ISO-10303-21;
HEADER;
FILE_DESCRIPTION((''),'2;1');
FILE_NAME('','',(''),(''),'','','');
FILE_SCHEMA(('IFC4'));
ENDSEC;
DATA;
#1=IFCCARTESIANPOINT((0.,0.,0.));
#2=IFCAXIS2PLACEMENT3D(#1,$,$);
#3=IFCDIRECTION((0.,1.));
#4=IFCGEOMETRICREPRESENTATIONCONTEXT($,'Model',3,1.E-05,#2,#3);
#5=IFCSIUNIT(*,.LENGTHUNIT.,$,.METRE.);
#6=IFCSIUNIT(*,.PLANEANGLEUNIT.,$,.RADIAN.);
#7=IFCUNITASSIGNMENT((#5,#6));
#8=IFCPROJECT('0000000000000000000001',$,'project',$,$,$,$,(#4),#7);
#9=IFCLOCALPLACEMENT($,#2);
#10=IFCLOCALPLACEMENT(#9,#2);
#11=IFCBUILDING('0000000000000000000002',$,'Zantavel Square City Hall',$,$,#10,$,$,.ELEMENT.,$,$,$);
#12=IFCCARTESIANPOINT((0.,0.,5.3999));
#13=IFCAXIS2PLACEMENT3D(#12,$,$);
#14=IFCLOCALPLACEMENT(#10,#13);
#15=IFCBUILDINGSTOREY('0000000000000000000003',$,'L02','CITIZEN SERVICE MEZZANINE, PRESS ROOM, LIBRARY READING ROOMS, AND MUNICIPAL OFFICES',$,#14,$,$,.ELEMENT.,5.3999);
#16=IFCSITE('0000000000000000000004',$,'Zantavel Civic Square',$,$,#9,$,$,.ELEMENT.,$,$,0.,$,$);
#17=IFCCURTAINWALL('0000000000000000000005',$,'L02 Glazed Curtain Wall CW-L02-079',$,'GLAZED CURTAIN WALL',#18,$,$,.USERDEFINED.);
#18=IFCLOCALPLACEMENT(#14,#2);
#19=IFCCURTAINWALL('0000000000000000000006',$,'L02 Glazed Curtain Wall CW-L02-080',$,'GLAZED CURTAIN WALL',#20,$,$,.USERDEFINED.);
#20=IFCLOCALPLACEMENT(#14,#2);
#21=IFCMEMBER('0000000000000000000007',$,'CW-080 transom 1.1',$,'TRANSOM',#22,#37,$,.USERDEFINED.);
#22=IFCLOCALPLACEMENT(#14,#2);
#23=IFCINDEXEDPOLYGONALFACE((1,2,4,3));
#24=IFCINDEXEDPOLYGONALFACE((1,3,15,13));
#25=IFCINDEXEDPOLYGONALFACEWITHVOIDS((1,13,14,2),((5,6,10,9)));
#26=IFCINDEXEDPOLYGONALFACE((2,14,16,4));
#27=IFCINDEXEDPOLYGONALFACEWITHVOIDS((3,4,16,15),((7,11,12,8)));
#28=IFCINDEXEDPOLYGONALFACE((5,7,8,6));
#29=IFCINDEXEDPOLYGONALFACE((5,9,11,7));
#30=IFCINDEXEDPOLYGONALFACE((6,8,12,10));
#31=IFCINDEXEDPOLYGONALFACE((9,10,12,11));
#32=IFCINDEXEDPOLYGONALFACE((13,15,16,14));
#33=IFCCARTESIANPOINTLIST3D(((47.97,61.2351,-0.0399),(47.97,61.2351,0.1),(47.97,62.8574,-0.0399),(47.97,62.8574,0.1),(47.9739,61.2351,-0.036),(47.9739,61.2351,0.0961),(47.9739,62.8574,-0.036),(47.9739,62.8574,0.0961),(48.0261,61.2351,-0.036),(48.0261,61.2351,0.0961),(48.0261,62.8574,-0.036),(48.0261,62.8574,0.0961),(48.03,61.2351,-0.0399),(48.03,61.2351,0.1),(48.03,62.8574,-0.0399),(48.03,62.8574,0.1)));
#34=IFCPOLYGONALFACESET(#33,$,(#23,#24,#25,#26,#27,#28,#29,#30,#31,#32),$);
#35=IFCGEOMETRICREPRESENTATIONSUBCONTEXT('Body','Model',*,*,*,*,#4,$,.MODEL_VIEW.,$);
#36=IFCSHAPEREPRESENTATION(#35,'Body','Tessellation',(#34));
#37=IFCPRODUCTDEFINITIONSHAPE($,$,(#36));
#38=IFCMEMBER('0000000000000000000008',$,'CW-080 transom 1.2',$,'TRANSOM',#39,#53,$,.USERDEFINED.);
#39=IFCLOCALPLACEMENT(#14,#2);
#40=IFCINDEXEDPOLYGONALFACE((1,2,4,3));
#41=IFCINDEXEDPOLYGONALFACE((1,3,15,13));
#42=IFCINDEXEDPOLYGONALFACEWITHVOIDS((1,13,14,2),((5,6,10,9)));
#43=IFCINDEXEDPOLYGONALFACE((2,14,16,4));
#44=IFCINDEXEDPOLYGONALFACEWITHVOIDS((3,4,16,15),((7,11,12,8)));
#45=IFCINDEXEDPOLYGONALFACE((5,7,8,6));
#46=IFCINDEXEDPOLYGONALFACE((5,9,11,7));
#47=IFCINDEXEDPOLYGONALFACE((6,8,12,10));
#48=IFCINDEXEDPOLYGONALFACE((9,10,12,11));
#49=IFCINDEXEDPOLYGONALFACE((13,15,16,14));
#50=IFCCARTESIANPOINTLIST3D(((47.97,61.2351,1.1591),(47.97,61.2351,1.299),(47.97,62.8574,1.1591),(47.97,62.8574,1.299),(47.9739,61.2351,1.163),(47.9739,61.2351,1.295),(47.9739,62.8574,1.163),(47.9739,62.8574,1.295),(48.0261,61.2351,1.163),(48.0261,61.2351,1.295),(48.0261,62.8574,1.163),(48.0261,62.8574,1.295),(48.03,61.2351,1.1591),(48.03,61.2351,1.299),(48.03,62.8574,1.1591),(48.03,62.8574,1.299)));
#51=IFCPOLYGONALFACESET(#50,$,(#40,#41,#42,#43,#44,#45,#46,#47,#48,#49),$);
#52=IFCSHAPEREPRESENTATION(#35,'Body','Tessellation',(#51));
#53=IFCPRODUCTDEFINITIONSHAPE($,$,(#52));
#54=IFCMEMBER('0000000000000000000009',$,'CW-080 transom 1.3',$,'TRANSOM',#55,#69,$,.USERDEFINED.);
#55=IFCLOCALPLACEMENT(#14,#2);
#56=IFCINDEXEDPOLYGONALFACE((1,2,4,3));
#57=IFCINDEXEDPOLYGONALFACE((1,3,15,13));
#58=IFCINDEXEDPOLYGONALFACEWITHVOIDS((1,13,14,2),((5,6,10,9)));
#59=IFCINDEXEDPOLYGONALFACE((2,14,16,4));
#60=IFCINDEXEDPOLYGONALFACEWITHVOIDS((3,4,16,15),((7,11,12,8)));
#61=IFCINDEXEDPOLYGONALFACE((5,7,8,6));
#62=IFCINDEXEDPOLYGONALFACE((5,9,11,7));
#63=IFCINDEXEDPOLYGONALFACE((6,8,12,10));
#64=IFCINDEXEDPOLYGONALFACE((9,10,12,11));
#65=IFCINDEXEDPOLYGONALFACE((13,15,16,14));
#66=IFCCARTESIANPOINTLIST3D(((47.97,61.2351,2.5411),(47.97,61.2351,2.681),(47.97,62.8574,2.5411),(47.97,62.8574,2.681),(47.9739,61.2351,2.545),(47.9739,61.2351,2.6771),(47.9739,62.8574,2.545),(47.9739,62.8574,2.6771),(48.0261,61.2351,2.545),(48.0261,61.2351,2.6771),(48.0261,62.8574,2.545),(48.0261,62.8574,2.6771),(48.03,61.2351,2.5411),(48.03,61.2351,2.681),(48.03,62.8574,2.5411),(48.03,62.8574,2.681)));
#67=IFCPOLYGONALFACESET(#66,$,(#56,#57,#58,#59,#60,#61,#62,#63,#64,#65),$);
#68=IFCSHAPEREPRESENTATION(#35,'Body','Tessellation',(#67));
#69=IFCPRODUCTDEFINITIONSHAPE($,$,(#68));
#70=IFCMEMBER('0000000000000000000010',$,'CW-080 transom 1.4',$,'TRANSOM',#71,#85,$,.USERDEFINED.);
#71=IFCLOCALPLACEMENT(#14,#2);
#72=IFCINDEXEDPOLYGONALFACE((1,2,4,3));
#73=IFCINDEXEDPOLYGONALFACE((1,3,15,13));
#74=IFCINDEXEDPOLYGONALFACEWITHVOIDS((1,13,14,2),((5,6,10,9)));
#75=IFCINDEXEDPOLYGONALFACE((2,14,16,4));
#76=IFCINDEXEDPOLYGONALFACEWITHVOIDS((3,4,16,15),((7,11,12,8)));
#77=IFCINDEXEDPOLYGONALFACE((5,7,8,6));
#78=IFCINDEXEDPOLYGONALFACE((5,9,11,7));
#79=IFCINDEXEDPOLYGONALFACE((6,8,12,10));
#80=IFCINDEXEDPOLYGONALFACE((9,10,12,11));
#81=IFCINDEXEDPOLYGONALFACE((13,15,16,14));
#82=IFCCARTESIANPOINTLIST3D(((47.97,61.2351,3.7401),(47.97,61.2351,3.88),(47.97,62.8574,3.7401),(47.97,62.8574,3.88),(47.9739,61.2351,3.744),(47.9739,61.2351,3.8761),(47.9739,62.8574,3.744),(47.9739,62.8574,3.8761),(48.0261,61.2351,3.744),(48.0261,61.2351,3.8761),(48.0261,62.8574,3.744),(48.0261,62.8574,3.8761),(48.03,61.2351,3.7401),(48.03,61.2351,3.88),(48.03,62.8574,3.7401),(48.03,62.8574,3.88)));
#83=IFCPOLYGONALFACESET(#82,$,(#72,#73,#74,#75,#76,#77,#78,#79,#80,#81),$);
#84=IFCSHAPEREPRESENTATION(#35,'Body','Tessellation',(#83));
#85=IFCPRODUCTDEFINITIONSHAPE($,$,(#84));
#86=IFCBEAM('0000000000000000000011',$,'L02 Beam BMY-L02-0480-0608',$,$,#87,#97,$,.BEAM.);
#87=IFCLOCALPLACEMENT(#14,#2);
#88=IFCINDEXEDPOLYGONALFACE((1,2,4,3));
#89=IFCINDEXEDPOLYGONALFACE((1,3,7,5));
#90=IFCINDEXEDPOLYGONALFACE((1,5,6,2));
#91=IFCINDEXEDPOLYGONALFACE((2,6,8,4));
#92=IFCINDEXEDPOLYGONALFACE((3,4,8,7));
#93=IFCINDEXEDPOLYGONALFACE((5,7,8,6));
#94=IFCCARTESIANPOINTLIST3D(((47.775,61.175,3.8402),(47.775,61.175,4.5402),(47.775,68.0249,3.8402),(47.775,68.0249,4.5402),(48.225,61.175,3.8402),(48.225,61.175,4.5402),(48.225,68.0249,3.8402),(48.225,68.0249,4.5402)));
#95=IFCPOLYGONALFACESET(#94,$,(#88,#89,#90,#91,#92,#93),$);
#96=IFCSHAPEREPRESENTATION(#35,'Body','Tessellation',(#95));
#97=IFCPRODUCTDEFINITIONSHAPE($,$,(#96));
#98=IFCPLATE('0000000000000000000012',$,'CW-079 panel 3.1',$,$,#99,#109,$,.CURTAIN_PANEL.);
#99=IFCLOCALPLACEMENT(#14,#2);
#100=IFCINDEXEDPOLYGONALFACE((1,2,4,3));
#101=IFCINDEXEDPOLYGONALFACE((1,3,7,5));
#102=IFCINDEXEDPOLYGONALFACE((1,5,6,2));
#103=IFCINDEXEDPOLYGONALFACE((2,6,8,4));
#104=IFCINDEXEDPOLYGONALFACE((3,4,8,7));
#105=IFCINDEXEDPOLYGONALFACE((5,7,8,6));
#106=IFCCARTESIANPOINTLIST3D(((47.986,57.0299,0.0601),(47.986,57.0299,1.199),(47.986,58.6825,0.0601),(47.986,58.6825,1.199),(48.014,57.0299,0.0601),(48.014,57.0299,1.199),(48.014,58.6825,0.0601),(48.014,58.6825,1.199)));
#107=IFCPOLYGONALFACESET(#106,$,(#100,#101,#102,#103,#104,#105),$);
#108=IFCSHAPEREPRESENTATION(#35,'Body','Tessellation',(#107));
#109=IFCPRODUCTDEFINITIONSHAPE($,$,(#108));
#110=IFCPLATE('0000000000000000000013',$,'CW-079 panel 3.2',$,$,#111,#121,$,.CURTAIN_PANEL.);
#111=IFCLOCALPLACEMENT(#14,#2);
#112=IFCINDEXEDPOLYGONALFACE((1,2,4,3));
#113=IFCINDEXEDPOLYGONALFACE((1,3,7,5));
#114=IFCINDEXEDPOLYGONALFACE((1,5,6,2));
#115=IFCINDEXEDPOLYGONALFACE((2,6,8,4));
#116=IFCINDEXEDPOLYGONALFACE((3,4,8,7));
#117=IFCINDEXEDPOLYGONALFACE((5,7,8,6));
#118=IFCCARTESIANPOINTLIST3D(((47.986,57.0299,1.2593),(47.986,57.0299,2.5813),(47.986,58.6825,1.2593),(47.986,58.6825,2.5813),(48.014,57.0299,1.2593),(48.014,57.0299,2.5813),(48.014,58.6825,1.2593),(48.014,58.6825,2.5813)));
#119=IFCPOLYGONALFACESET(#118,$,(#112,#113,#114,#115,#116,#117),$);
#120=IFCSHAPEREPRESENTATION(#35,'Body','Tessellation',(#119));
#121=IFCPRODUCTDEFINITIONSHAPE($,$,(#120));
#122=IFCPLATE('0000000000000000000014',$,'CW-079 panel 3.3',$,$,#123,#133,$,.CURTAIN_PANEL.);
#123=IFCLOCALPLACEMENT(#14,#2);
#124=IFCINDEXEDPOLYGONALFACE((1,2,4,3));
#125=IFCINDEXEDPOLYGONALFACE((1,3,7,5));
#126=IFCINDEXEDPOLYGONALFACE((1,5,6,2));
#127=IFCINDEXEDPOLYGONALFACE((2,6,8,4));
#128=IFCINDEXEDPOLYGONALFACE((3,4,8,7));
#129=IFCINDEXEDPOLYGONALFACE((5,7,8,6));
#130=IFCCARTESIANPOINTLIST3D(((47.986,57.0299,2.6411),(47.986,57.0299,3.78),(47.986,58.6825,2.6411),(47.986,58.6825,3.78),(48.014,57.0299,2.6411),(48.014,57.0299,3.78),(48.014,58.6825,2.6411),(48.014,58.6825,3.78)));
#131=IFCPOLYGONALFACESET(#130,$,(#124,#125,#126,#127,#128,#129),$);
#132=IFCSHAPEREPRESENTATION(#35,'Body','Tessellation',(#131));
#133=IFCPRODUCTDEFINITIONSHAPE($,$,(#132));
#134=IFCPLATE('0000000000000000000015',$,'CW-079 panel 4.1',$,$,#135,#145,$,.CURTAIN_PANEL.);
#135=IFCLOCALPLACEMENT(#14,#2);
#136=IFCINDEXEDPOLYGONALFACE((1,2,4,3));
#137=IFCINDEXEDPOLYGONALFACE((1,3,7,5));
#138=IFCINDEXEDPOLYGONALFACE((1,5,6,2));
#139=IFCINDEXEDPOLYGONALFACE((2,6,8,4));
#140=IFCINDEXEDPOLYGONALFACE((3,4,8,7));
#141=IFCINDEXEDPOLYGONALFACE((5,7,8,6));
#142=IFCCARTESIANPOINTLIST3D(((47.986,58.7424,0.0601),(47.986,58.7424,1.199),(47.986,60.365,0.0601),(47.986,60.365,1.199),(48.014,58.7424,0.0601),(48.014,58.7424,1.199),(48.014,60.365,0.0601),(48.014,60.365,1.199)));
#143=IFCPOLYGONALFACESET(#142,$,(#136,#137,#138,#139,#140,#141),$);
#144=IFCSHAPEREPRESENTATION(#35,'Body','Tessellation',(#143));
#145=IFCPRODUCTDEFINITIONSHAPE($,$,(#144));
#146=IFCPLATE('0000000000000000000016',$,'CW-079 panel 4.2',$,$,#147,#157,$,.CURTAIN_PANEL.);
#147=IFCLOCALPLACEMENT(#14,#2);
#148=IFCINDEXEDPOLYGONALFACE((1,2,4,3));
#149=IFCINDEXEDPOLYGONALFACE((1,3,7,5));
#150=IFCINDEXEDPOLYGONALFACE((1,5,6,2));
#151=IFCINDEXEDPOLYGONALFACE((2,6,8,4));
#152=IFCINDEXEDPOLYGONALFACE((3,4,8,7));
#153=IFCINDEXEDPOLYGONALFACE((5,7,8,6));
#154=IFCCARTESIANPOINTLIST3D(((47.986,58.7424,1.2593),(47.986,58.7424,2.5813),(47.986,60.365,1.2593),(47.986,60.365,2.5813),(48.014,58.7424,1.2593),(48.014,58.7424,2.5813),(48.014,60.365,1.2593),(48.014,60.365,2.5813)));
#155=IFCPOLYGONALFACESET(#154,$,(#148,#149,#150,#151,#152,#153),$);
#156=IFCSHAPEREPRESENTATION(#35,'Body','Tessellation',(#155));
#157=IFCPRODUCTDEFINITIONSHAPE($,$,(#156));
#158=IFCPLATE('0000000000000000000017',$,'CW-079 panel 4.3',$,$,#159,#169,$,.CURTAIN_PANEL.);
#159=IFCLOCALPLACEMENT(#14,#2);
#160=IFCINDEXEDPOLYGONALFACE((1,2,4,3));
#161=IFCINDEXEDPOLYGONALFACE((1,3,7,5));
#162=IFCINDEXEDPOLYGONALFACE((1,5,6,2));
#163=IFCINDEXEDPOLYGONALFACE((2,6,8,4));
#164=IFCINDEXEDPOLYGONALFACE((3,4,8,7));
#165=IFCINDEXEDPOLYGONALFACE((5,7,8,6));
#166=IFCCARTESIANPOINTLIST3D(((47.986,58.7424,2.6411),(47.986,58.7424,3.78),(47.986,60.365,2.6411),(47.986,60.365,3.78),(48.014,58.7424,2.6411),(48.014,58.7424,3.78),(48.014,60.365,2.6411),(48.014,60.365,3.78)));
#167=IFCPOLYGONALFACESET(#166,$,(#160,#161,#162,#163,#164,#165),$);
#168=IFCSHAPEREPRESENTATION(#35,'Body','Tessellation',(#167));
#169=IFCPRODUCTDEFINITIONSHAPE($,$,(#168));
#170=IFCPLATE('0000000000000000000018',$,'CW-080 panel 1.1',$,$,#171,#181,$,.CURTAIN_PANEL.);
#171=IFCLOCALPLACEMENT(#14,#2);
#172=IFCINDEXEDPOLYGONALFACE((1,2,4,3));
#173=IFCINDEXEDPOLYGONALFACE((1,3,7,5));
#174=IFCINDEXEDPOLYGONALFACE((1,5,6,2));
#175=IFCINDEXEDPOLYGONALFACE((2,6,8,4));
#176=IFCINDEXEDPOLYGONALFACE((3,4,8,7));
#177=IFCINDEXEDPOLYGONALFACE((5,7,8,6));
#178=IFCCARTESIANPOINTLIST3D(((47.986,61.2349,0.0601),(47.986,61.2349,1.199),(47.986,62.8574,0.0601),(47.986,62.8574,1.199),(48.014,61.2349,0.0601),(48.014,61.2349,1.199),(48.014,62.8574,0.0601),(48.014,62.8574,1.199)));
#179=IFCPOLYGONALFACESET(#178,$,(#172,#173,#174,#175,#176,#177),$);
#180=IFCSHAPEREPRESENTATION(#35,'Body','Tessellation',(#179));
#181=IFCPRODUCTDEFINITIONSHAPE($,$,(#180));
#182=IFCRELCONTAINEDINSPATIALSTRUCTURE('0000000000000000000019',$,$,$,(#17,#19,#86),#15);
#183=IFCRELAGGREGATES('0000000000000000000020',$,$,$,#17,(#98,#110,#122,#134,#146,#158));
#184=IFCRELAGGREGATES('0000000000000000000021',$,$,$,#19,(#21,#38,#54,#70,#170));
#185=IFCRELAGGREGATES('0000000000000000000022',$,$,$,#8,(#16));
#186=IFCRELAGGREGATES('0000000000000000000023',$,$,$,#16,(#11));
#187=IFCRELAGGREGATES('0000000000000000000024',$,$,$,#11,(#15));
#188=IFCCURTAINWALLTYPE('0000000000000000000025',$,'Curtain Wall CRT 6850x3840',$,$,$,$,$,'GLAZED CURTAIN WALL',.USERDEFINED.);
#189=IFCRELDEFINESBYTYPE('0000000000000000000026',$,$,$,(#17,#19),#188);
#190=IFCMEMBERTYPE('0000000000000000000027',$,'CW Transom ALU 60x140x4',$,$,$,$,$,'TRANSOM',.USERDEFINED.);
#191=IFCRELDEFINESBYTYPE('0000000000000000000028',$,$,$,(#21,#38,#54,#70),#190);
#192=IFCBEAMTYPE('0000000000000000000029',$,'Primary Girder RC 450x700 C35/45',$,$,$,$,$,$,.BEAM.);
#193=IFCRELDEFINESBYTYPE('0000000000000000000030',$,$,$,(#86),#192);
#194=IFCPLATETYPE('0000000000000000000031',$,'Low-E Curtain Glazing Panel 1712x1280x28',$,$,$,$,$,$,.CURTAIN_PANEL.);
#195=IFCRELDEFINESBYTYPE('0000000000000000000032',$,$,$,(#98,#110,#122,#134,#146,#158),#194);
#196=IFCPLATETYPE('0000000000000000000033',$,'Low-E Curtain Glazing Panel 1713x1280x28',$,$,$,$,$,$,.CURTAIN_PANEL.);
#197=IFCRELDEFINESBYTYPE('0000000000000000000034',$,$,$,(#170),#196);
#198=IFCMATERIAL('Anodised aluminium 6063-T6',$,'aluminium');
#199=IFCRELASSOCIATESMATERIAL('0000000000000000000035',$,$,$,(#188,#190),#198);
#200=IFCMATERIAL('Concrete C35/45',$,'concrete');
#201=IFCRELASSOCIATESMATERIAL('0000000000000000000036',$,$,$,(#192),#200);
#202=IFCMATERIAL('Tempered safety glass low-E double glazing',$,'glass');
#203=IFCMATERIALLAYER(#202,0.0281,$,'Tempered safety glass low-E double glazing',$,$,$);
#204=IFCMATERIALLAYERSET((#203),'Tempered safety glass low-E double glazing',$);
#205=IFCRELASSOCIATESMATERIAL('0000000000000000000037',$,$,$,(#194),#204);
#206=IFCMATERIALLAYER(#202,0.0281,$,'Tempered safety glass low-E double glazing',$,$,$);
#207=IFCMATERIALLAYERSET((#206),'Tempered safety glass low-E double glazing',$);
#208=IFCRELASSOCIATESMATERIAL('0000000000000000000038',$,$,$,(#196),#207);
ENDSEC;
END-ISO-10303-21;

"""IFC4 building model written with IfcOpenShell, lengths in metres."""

from ifc_helpers import new_model, si_unit, direction, frame, origin, origin_2d, place, context, subcontext, project, spatial, rectangle, hollow_rectangle, extrude, material, layer, layer_set, material_profile, profile_set, type_object, element, aggregate, save


model = new_model("IFC4")

# Units and contexts
model_context = context("Model", 3, precision=1e-05, world=origin(), true_north=direction((0.0, 1.0)))
body_context = subcontext(model_context, "Body", "Model", "MODEL_VIEW")
ifc_project = project(units=[si_unit("LENGTHUNIT", "METRE"), si_unit("PLANEANGLEUNIT", "RADIAN")], contexts=[model_context])

# Site, building, storey
site_placement = place(None, origin())
site = spatial("IfcSite", under=ifc_project, at=site_placement, Name="Zantavel Civic Square", CompositionType="ELEMENT", RefElevation=0.0)
building_placement = place(site_placement, origin())
building = spatial("IfcBuilding", under=site, at=building_placement, Name="Zantavel Square City Hall", CompositionType="ELEMENT")
storey_placement = place(building_placement, frame((0.0, 0.0, 5.3999)))
storey = spatial("IfcBuildingStorey", under=building, at=storey_placement, Name="L02", Description="CITIZEN SERVICE MEZZANINE, PRESS ROOM, LIBRARY READING ROOMS, AND MUNICIPAL OFFICES", CompositionType="ELEMENT", Elevation=5.3999)

# Curtain wall
ifc_material_1 = material(Name="Anodised aluminium 6063-T6", Category="aluminium")
curtain_wall_type = type_object("IfcCurtainWallType", Name="Curtain Wall CRT 6850x3840", ElementType="GLAZED CURTAIN WALL", PredefinedType="USERDEFINED", material=ifc_material_1)
curtain_wall_1_placement = place(storey_placement, origin())
curtain_wall_1 = element("IfcCurtainWall", 1, at=curtain_wall_1_placement, inside=storey, type_object=curtain_wall_type, Name="L02 Glazed Curtain Wall CW-L02-079", ObjectType="GLAZED CURTAIN WALL", PredefinedType="USERDEFINED")

# Curtain wall
curtain_wall_2_placement = place(storey_placement, origin())
curtain_wall_2 = element("IfcCurtainWall", 2, at=curtain_wall_2_placement, inside=storey, type_object=curtain_wall_type, Name="L02 Glazed Curtain Wall CW-L02-080", ObjectType="GLAZED CURTAIN WALL", PredefinedType="USERDEFINED")

# Members
ifc_material_profile_1 = material_profile(ifc_material_1, hollow_rectangle(XDim=0.0601, YDim=0.1399, WallThickness=0.0039, at=origin_2d()), Name="ALU 60x140x4")
ifc_profile_set_1 = profile_set([ifc_material_profile_1], Name="Anodised aluminium 6063-T6")
member_type_1 = type_object("IfcMemberType", Name="CW Transom ALU 60x140x4", ElementType="TRANSOM", PredefinedType="USERDEFINED", material=ifc_profile_set_1)
member_1_placement = place(storey_placement, frame((48.0, 61.2351, 0.03), z_axis=(0.0, 1.0, 0.0), x_axis=(-1.0, 0.0, 0.0)))
member_1 = element("IfcMember", 3, at=member_1_placement, type_object=member_type_1, Name="CW-080 transom 1.1", ObjectType="TRANSOM", PredefinedType="USERDEFINED", context=body_context, shape_type="SweptSolid", body=[
    extrude(hollow_rectangle(XDim=0.0601, YDim=0.1399, WallThickness=0.0039, at=origin_2d()), origin(), (0.0, 0.0, 1.0), 1.6223),
])
member_2_placement = place(storey_placement, frame((48.0, 61.2351, 1.229), z_axis=(0.0, 1.0, 0.0), x_axis=(-1.0, 0.0, 0.0)))
member_2 = element("IfcMember", 4, at=member_2_placement, type_object=member_type_1, Name="CW-080 transom 1.2", ObjectType="TRANSOM", PredefinedType="USERDEFINED", context=body_context, shape_type="SweptSolid", body=[
    extrude(hollow_rectangle(XDim=0.0601, YDim=0.1399, WallThickness=0.0039, at=origin_2d()), origin(), (0.0, 0.0, 1.0), 1.6223),
])
member_3_placement = place(storey_placement, frame((48.0, 61.2351, 2.6111), z_axis=(0.0, 1.0, 0.0), x_axis=(-1.0, 0.0, 0.0)))
member_3 = element("IfcMember", 5, at=member_3_placement, type_object=member_type_1, Name="CW-080 transom 1.3", ObjectType="TRANSOM", PredefinedType="USERDEFINED", context=body_context, shape_type="SweptSolid", body=[
    extrude(hollow_rectangle(XDim=0.0601, YDim=0.1399, WallThickness=0.0039, at=origin_2d()), origin(), (0.0, 0.0, 1.0), 1.6223),
])
member_4_placement = place(storey_placement, frame((48.0, 61.2351, 3.8101), z_axis=(0.0, 1.0, 0.0), x_axis=(-1.0, 0.0, 0.0)))
member_4 = element("IfcMember", 6, at=member_4_placement, type_object=member_type_1, Name="CW-080 transom 1.4", ObjectType="TRANSOM", PredefinedType="USERDEFINED", context=body_context, shape_type="SweptSolid", body=[
    extrude(hollow_rectangle(XDim=0.0601, YDim=0.1399, WallThickness=0.0039, at=origin_2d()), origin(), (0.0, 0.0, 1.0), 1.6223),
])

# Beam
ifc_material_2 = material(Name="Concrete C35/45", Category="concrete")
ifc_material_profile_2 = material_profile(ifc_material_2, rectangle(XDim=0.45, YDim=0.7, at=origin_2d()), Name="RC 450x700")
ifc_profile_set_2 = profile_set([ifc_material_profile_2], Name="Concrete C35/45")
beam_type = type_object("IfcBeamType", Name="Primary Girder RC 450x700 C35/45", PredefinedType="BEAM", material=ifc_profile_set_2)
beam_placement = place(storey_placement, frame((48.0, 61.175, 4.1902), z_axis=(0.0, 1.0, 0.0), x_axis=(-1.0, 0.0, 0.0)))
element("IfcBeam", 7, at=beam_placement, inside=storey, type_object=beam_type, Name="L02 Beam BMY-L02-0480-0608", PredefinedType="BEAM", context=body_context, shape_type="SweptSolid", body=[
    extrude(rectangle(XDim=0.45, YDim=0.7, at=origin_2d()), origin(), (0.0, 0.0, 1.0), 6.8499),
])

# Plates
ifc_material_3 = material(Name="Tempered safety glass low-E double glazing", Category="glass")
ifc_layer_1 = layer(ifc_material_3, 0.0281, Name="Tempered safety glass low-E double glazing")
ifc_layer_set_1 = layer_set([ifc_layer_1], Name="Tempered safety glass low-E double glazing")
plate_type_1 = type_object("IfcPlateType", Name="Low-E Curtain Glazing Panel 1712x1280x28", PredefinedType="CURTAIN_PANEL", material=ifc_layer_set_1)
plate_1_placement = place(storey_placement, frame((48.0, 57.8562, 0.0601), z_axis=(0.0, 0.0, 1.0), x_axis=(0.0, 1.0, 0.0)))
plate_1 = element("IfcPlate", 8, at=plate_1_placement, type_object=plate_type_1, Name="CW-079 panel 3.1", PredefinedType="CURTAIN_PANEL", context=body_context, shape_type="SweptSolid", body=[
    extrude(rectangle(XDim=1.6526, YDim=0.0281, at=origin_2d()), origin(), (0.0, 0.0, 1.0), 1.1389),
])
plate_2_placement = place(storey_placement, frame((48.0, 57.8562, 1.2593), z_axis=(0.0, 0.0, 1.0), x_axis=(0.0, 1.0, 0.0)))
plate_2 = element("IfcPlate", 9, at=plate_2_placement, type_object=plate_type_1, Name="CW-079 panel 3.2", PredefinedType="CURTAIN_PANEL", context=body_context, shape_type="SweptSolid", body=[
    extrude(rectangle(XDim=1.6526, YDim=0.0281, at=origin_2d()), origin(), (0.0, 0.0, 1.0), 1.322),
])
plate_3_placement = place(storey_placement, frame((48.0, 57.8562, 2.6411), z_axis=(0.0, 0.0, 1.0), x_axis=(0.0, 1.0, 0.0)))
plate_3 = element("IfcPlate", 10, at=plate_3_placement, type_object=plate_type_1, Name="CW-079 panel 3.3", PredefinedType="CURTAIN_PANEL", context=body_context, shape_type="SweptSolid", body=[
    extrude(rectangle(XDim=1.6526, YDim=0.0281, at=origin_2d()), origin(), (0.0, 0.0, 1.0), 1.1389),
])
plate_4_placement = place(storey_placement, frame((48.0, 59.5537, 0.0601), z_axis=(0.0, 0.0, 1.0), x_axis=(0.0, 1.0, 0.0)))
plate_4 = element("IfcPlate", 11, at=plate_4_placement, type_object=plate_type_1, Name="CW-079 panel 4.1", PredefinedType="CURTAIN_PANEL", context=body_context, shape_type="SweptSolid", body=[
    extrude(rectangle(XDim=1.6226, YDim=0.0281, at=origin_2d()), origin(), (0.0, 0.0, 1.0), 1.1389),
])
plate_5_placement = place(storey_placement, frame((48.0, 59.5537, 1.2593), z_axis=(0.0, 0.0, 1.0), x_axis=(0.0, 1.0, 0.0)))
plate_5 = element("IfcPlate", 12, at=plate_5_placement, type_object=plate_type_1, Name="CW-079 panel 4.2", PredefinedType="CURTAIN_PANEL", context=body_context, shape_type="SweptSolid", body=[
    extrude(rectangle(XDim=1.6226, YDim=0.0281, at=origin_2d()), origin(), (0.0, 0.0, 1.0), 1.322),
])
plate_6_placement = place(storey_placement, frame((48.0, 59.5537, 2.6411), z_axis=(0.0, 0.0, 1.0), x_axis=(0.0, 1.0, 0.0)))
plate_6 = element("IfcPlate", 13, at=plate_6_placement, type_object=plate_type_1, Name="CW-079 panel 4.3", PredefinedType="CURTAIN_PANEL", context=body_context, shape_type="SweptSolid", body=[
    extrude(rectangle(XDim=1.6226, YDim=0.0281, at=origin_2d()), origin(), (0.0, 0.0, 1.0), 1.1389),
])
aggregate(curtain_wall_1, [plate_1, plate_2, plate_3, plate_4, plate_5, plate_6])
ifc_layer_2 = layer(ifc_material_3, 0.0281, Name="Tempered safety glass low-E double glazing")
ifc_layer_set_2 = layer_set([ifc_layer_2], Name="Tempered safety glass low-E double glazing")
plate_type_2 = type_object("IfcPlateType", Name="Low-E Curtain Glazing Panel 1713x1280x28", PredefinedType="CURTAIN_PANEL", material=ifc_layer_set_2)
plate_7_placement = place(storey_placement, frame((48.0, 62.0461, 0.0601), z_axis=(0.0, 0.0, 1.0), x_axis=(0.0, 1.0, 0.0)))
plate_7 = element("IfcPlate", 14, at=plate_7_placement, type_object=plate_type_2, Name="CW-080 panel 1.1", PredefinedType="CURTAIN_PANEL", context=body_context, shape_type="SweptSolid", body=[
    extrude(rectangle(XDim=1.6226, YDim=0.0281, at=origin_2d()), origin(), (0.0, 0.0, 1.0), 1.1389),
])
aggregate(curtain_wall_2, [member_1, member_2, member_3, member_4, plate_7])

save(model, "model.ifc")
